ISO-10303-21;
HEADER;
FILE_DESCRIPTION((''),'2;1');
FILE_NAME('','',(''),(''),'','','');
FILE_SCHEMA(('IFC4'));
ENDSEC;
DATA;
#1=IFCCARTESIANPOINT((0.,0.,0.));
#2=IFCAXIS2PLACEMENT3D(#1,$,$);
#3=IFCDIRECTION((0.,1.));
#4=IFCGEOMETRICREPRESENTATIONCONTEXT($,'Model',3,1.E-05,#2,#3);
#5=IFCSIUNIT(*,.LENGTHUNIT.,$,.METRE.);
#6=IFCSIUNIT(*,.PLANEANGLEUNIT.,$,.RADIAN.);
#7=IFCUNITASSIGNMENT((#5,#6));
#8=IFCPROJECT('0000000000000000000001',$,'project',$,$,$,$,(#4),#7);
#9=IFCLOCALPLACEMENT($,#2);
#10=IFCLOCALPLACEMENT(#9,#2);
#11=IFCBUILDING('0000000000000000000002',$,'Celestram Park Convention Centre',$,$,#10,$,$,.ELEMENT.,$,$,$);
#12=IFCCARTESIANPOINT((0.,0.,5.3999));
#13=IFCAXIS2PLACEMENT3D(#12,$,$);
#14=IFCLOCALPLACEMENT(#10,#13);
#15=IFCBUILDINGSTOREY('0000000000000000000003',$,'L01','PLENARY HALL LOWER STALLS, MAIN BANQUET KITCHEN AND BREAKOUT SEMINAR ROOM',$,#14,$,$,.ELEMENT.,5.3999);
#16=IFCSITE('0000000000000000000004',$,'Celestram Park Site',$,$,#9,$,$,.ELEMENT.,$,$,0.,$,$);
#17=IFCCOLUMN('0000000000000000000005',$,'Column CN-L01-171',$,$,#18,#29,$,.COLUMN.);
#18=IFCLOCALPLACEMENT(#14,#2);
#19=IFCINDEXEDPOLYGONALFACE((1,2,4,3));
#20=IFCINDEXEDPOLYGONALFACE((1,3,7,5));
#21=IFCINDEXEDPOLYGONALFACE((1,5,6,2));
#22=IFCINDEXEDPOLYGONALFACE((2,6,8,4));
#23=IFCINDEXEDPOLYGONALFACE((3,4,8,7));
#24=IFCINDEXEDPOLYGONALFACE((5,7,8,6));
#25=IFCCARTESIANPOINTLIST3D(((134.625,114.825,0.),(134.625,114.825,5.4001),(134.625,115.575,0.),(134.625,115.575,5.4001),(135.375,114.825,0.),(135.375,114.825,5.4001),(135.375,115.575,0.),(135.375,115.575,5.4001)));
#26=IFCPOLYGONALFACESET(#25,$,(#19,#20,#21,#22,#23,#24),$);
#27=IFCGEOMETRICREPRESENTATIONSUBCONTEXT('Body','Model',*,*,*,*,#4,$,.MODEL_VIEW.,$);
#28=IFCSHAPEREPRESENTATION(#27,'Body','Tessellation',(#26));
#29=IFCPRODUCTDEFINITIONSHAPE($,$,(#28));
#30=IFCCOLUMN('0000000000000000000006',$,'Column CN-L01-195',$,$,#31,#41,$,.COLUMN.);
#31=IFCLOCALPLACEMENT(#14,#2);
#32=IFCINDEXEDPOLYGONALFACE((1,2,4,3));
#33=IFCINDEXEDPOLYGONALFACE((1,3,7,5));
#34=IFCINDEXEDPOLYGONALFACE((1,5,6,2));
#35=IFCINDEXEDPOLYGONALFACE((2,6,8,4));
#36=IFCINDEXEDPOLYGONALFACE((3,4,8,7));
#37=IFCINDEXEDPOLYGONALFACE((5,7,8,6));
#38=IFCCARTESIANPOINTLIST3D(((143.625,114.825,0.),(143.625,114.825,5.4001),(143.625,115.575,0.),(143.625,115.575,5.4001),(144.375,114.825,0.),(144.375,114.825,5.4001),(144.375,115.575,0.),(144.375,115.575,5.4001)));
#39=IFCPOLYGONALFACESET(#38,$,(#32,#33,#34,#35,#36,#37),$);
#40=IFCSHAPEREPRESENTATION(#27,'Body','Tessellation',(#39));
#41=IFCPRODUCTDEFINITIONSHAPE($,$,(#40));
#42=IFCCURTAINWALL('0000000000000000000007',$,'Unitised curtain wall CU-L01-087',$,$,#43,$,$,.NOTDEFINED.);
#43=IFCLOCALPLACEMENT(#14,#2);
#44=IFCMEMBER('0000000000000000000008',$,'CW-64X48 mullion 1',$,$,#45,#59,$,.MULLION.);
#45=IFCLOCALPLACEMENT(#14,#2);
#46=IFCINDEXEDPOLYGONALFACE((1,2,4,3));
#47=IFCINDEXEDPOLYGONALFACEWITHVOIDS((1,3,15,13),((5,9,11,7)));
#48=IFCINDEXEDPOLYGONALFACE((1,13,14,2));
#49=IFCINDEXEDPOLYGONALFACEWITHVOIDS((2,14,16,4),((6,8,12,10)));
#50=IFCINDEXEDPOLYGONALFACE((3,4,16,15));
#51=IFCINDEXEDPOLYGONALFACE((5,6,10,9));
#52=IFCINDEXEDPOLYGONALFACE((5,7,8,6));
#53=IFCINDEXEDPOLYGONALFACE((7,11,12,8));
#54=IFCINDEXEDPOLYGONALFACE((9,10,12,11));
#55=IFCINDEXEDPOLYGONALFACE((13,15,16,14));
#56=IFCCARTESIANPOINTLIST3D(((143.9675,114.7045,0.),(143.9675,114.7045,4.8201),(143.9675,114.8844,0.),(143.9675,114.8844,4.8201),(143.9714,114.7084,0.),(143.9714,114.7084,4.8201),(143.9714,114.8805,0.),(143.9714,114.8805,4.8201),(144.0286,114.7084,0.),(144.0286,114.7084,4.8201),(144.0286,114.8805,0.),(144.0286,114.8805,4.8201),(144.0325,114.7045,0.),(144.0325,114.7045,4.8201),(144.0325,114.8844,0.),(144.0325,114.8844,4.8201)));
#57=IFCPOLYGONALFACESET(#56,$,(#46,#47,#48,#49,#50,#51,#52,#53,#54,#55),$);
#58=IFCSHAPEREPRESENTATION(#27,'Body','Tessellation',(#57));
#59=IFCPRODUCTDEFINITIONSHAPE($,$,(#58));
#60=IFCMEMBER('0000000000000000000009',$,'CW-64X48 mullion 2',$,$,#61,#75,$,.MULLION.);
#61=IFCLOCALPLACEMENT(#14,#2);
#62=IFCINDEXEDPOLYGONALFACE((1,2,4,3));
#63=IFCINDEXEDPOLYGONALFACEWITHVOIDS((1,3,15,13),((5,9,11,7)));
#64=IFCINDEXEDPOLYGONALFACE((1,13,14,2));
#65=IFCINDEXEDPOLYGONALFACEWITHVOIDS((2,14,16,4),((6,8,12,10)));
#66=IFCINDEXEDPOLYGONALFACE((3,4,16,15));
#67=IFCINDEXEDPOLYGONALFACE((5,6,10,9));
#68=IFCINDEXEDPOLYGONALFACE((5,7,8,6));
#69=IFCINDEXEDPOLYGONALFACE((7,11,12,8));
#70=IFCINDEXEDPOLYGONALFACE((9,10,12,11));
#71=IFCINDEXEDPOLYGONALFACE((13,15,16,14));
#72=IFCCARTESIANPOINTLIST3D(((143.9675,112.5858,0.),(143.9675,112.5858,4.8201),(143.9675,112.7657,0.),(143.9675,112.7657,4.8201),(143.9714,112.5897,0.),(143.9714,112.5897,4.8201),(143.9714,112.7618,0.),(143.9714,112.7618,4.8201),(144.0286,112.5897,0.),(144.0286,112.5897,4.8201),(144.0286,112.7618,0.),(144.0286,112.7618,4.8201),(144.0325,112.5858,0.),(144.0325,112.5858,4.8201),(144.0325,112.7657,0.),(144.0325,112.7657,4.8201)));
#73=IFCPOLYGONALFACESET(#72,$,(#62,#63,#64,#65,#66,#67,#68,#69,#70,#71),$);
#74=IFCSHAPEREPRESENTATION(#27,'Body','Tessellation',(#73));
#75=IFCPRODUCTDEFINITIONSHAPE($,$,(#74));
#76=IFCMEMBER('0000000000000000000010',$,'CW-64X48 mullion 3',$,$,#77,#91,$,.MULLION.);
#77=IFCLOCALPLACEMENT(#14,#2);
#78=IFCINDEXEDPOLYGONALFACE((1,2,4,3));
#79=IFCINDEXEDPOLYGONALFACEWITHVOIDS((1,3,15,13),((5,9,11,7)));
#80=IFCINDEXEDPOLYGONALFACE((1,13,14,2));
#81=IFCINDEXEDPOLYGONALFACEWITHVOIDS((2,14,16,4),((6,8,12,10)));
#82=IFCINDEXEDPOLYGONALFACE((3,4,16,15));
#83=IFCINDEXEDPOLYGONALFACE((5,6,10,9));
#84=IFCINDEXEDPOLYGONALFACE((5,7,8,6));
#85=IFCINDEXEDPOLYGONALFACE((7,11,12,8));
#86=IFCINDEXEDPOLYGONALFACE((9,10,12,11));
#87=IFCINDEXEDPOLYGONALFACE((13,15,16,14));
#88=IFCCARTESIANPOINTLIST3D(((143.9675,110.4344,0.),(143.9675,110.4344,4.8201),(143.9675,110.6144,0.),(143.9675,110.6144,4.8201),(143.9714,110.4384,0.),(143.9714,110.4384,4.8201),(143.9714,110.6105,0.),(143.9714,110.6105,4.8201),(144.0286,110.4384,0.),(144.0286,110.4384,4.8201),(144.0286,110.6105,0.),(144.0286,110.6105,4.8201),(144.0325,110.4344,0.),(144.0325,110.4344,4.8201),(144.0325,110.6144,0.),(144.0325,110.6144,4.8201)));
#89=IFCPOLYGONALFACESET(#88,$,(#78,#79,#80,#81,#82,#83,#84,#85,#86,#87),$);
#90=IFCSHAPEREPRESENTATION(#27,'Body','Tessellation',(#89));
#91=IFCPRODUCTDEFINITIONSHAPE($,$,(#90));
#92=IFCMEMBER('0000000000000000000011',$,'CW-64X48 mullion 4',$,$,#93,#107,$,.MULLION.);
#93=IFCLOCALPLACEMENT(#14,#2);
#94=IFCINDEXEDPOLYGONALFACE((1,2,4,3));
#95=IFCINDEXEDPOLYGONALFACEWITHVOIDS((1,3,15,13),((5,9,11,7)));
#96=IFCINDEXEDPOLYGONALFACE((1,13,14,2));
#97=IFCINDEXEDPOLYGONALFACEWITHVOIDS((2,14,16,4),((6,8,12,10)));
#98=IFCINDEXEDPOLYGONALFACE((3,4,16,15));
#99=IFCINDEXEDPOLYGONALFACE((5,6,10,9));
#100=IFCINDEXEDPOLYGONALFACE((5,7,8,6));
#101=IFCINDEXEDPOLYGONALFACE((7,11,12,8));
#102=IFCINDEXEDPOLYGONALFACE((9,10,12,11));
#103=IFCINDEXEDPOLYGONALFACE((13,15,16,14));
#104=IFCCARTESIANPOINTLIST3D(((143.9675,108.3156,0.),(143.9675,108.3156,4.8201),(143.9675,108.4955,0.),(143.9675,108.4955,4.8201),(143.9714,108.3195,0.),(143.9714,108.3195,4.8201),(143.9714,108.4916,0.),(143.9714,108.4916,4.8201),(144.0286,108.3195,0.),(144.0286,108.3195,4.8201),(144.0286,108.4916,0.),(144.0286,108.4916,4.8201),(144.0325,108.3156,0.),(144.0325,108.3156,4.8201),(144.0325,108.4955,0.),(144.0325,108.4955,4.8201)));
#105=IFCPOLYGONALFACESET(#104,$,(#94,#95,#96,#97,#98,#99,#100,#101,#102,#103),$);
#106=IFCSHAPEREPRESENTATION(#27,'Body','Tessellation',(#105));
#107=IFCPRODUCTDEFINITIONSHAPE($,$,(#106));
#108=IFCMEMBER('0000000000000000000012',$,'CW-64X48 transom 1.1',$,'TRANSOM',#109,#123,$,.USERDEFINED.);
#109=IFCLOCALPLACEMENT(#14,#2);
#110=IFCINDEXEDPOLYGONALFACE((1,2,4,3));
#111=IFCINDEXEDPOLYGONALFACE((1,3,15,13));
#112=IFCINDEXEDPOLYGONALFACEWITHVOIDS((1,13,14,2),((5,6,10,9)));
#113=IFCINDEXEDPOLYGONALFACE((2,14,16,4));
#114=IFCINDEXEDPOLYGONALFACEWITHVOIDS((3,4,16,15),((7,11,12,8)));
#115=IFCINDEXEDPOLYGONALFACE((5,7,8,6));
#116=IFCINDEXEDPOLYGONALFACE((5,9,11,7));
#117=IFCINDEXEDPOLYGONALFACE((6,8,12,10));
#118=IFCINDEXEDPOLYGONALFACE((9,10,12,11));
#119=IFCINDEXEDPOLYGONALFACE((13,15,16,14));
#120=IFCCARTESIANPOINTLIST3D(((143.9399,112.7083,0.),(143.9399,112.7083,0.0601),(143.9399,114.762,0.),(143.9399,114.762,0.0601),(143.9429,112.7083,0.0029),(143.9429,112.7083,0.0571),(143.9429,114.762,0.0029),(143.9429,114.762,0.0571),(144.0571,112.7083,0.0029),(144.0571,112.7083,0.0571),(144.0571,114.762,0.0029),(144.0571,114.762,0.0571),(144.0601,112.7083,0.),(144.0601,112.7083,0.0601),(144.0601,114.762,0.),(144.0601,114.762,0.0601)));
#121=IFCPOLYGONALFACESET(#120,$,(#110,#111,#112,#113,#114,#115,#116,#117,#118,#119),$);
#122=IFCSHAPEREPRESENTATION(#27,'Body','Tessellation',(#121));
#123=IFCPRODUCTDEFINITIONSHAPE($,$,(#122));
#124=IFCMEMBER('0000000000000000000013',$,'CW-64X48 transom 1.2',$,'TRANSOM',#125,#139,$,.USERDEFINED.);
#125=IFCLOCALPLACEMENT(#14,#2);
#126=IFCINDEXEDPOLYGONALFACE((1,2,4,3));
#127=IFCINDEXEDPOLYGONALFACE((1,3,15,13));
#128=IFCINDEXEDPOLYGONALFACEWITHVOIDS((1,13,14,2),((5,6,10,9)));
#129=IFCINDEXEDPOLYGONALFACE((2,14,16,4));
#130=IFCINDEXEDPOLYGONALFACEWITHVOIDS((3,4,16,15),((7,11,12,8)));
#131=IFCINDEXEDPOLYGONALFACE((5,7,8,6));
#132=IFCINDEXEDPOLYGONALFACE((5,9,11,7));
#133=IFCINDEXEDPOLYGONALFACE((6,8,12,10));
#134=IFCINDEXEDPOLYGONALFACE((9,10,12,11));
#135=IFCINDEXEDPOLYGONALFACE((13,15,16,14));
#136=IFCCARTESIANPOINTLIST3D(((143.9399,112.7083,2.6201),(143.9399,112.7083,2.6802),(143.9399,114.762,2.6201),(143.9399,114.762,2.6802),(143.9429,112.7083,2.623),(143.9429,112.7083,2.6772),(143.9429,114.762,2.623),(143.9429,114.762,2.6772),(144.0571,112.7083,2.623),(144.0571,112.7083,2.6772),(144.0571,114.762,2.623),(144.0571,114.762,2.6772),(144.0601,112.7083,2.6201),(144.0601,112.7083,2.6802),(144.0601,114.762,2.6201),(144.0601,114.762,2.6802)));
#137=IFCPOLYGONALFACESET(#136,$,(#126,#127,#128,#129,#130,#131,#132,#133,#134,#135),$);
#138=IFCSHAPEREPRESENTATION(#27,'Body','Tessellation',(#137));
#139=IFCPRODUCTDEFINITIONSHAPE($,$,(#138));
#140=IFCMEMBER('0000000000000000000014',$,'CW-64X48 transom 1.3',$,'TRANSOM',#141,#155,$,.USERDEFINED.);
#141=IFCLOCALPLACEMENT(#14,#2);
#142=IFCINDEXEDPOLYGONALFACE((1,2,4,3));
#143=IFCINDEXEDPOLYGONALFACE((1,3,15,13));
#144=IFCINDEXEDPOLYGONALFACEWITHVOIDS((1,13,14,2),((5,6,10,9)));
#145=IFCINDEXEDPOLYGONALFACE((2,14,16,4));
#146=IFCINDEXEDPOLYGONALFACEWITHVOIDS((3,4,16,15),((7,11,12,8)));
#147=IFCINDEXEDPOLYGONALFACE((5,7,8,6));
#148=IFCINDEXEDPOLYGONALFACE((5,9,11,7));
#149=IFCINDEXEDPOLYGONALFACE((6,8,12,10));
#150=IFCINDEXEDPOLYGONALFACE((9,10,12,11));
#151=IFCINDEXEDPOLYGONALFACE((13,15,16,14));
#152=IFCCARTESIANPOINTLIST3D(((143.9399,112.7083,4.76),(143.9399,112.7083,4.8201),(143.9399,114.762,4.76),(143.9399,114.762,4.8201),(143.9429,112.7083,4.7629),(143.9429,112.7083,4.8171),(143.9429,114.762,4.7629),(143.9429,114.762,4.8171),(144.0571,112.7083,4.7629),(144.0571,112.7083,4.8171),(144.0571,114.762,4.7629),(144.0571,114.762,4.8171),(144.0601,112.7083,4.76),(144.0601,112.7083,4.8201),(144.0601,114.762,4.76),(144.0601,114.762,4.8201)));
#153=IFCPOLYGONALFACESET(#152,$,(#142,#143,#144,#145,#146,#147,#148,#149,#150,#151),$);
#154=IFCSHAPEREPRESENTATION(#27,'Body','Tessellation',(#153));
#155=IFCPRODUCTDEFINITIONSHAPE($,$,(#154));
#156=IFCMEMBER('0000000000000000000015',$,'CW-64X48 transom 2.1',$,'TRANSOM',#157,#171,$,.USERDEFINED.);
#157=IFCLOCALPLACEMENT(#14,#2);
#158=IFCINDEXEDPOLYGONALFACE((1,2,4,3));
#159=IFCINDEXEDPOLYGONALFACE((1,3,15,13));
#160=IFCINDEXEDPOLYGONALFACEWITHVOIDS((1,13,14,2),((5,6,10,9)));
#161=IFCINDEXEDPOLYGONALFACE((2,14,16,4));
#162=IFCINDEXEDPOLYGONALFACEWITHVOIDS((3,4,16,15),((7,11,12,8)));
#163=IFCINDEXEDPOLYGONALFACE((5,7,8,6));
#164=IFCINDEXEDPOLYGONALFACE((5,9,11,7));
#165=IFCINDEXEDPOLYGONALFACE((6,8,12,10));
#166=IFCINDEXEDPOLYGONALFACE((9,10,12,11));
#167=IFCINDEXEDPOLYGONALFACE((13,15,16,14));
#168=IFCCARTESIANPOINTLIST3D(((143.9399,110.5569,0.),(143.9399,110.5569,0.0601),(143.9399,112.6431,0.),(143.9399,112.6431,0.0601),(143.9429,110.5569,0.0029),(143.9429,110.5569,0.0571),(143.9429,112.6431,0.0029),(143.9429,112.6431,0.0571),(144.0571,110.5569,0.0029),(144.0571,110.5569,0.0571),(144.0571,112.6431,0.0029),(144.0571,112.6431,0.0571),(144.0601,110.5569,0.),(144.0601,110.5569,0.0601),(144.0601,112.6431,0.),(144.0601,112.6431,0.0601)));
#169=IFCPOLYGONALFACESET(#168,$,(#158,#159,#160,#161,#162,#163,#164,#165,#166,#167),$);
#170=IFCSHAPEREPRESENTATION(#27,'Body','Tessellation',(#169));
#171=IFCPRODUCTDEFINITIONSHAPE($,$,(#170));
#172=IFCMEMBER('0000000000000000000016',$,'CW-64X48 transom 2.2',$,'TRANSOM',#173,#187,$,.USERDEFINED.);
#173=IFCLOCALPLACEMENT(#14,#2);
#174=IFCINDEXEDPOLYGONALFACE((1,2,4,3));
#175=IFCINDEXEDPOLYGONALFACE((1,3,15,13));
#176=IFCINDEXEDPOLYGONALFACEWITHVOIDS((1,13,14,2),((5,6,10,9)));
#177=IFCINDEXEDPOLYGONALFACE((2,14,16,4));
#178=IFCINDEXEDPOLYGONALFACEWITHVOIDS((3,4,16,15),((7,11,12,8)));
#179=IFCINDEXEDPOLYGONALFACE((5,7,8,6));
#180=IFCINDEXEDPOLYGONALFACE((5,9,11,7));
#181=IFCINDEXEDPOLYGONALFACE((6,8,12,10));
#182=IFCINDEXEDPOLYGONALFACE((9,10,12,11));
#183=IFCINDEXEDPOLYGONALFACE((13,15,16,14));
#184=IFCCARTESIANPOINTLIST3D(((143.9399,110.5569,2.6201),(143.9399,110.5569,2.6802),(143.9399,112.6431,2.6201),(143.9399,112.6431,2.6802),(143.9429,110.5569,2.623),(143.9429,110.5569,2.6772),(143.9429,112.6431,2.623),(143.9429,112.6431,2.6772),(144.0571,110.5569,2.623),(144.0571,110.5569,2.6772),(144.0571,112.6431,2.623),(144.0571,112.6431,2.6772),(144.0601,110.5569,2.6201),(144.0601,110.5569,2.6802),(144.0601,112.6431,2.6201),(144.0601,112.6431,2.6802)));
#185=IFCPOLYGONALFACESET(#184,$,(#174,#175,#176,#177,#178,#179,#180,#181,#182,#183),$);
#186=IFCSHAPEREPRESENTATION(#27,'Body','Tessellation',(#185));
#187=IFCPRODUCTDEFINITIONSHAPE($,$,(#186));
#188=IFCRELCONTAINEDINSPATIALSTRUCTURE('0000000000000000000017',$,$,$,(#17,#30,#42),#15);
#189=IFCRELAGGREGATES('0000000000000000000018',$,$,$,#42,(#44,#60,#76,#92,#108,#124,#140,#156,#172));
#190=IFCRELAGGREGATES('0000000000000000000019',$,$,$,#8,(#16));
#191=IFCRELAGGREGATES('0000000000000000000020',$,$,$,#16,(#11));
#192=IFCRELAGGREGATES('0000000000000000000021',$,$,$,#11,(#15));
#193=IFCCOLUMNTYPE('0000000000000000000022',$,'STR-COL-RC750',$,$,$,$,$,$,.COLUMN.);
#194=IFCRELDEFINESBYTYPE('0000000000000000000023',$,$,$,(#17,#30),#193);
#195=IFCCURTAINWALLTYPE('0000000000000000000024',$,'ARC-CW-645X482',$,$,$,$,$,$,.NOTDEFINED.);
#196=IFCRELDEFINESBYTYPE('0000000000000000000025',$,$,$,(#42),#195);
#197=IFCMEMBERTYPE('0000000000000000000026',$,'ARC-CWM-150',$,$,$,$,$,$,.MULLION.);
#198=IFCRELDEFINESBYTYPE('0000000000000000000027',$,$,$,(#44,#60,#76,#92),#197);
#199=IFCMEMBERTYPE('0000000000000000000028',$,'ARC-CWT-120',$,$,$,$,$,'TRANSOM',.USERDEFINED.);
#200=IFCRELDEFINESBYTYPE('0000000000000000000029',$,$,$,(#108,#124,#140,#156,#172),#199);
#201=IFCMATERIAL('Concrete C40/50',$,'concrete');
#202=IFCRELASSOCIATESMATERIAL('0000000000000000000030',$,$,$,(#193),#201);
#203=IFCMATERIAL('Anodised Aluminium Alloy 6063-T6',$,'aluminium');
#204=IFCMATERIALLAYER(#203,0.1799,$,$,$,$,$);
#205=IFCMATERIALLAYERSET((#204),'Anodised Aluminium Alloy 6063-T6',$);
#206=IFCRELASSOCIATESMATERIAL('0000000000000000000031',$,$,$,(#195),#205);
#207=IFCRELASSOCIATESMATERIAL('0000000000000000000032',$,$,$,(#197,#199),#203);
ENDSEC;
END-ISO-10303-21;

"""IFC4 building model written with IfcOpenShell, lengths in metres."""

from ifc_helpers import new_model, si_unit, direction, frame, origin, origin_2d, place, context, subcontext, project, spatial, rectangle, hollow_rectangle, extrude, material, layer, layer_set, material_profile, profile_set, type_object, element, aggregate, save


model = new_model("IFC4")

# Units and contexts
model_context = context("Model", 3, precision=1e-05, world=origin(), true_north=direction((0.0, 1.0)))
body_context = subcontext(model_context, "Body", "Model", "MODEL_VIEW")
ifc_project = project(units=[si_unit("LENGTHUNIT", "METRE"), si_unit("PLANEANGLEUNIT", "RADIAN")], contexts=[model_context])

# Site, building, storey
site_placement = place(None, origin())
site = spatial("IfcSite", under=ifc_project, at=site_placement, Name="Celestram Park Site", CompositionType="ELEMENT", RefElevation=0.0)
building_placement = place(site_placement, origin())
building = spatial("IfcBuilding", under=site, at=building_placement, Name="Celestram Park Convention Centre", CompositionType="ELEMENT")
storey_placement = place(building_placement, frame((0.0, 0.0, 5.3999)))
storey = spatial("IfcBuildingStorey", under=building, at=storey_placement, Name="L01", Description="PLENARY HALL LOWER STALLS, MAIN BANQUET KITCHEN AND BREAKOUT SEMINAR ROOM", CompositionType="ELEMENT", Elevation=5.3999)

# Columns
ifc_material_1 = material(Name="Concrete C40/50", Category="concrete")
ifc_material_profile_1 = material_profile(ifc_material_1, rectangle(XDim=0.75, YDim=0.75, at=origin_2d()), Name="RC750X750")
ifc_profile_set_1 = profile_set([ifc_material_profile_1], Name="Concrete C40/50")
column_type = type_object("IfcColumnType", Name="STR-COL-RC750", PredefinedType="COLUMN", material=ifc_profile_set_1)
for number, where, z_axis, x_axis, name in (
    (1, (135.0, 115.2, 0.0), (0.0, 0.0, 1.0), (1.0, 0.0, 0.0), "Column CN-L01-171"),
    (2, (144.0, 115.2, 0.0), (0.0, 0.0, 1.0), (1.0, 0.0, 0.0), "Column CN-L01-195"),
):
    element("IfcColumn", number, at=place(storey_placement, frame(where, z_axis=z_axis, x_axis=x_axis)), inside=storey, type_object=column_type, Name=name, PredefinedType="COLUMN", context=body_context, shape_type="SweptSolid", body=[
        extrude(rectangle(XDim=0.75, YDim=0.75, at=origin_2d()), origin(), (0.0, 0.0, 1.0), 5.4001),
    ])

# Curtain wall, members
ifc_material_2 = material(Name="Anodised Aluminium Alloy 6063-T6", Category="aluminium")
ifc_layer_1 = layer(ifc_material_2, 0.1799)
ifc_layer_set_1 = layer_set([ifc_layer_1], Name="Anodised Aluminium Alloy 6063-T6")
curtain_wall_type = type_object("IfcCurtainWallType", Name="ARC-CW-645X482", PredefinedType="NOTDEFINED", material=ifc_layer_set_1)
curtain_wall_placement = place(storey_placement, origin())
curtain_wall = element("IfcCurtainWall", 3, at=curtain_wall_placement, inside=storey, type_object=curtain_wall_type, Name="Unitised curtain wall CU-L01-087", PredefinedType="NOTDEFINED")
ifc_material_profile_2 = material_profile(ifc_material_2, hollow_rectangle(XDim=0.0649, YDim=0.1799, WallThickness=0.0039, at=origin_2d()), Name="ALU65X180X4")
ifc_profile_set_2 = profile_set([ifc_material_profile_2], Name="Anodised Aluminium Alloy 6063-T6")
member_type_1 = type_object("IfcMemberType", Name="ARC-CWM-150", PredefinedType="MULLION", material=ifc_profile_set_2)
member_1_placement = place(storey_placement, frame((144.0, 114.7944, 0.0), z_axis=(0.0, 0.0, 1.0), x_axis=(1.0, 0.0, 0.0)))
member_1 = element("IfcMember", 4, at=member_1_placement, type_object=member_type_1, Name="CW-64X48 mullion 1", PredefinedType="MULLION", context=body_context, shape_type="SweptSolid", body=[
    extrude(hollow_rectangle(XDim=0.0649, YDim=0.1799, WallThickness=0.0039, at=origin_2d()), origin(), (0.0, 0.0, 1.0), 4.8201),
])
member_2_placement = place(storey_placement, frame((144.0, 112.6758, 0.0), z_axis=(0.0, 0.0, 1.0), x_axis=(1.0, 0.0, 0.0)))
member_2 = element("IfcMember", 5, at=member_2_placement, type_object=member_type_1, Name="CW-64X48 mullion 2", PredefinedType="MULLION", context=body_context, shape_type="SweptSolid", body=[
    extrude(hollow_rectangle(XDim=0.0649, YDim=0.1799, WallThickness=0.0039, at=origin_2d()), origin(), (0.0, 0.0, 1.0), 4.8201),
])
member_3_placement = place(storey_placement, frame((144.0, 110.5244, 0.0), z_axis=(0.0, 0.0, 1.0), x_axis=(1.0, 0.0, 0.0)))
member_3 = element("IfcMember", 6, at=member_3_placement, type_object=member_type_1, Name="CW-64X48 mullion 3", PredefinedType="MULLION", context=body_context, shape_type="SweptSolid", body=[
    extrude(hollow_rectangle(XDim=0.0649, YDim=0.1799, WallThickness=0.0039, at=origin_2d()), origin(), (0.0, 0.0, 1.0), 4.8201),
])
member_4_placement = place(storey_placement, frame((144.0, 108.4055, 0.0), z_axis=(0.0, 0.0, 1.0), x_axis=(1.0, 0.0, 0.0)))
member_4 = element("IfcMember", 7, at=member_4_placement, type_object=member_type_1, Name="CW-64X48 mullion 4", PredefinedType="MULLION", context=body_context, shape_type="SweptSolid", body=[
    extrude(hollow_rectangle(XDim=0.0649, YDim=0.1799, WallThickness=0.0039, at=origin_2d()), origin(), (0.0, 0.0, 1.0), 4.8201),
])
ifc_material_profile_3 = material_profile(ifc_material_2, hollow_rectangle(XDim=0.1201, YDim=0.0601, WallThickness=0.0029, at=origin_2d()), Name="ALU120X60X3")
ifc_profile_set_3 = profile_set([ifc_material_profile_3], Name="Anodised Aluminium Alloy 6063-T6")
member_type_2 = type_object("IfcMemberType", Name="ARC-CWT-120", ElementType="TRANSOM", PredefinedType="USERDEFINED", material=ifc_profile_set_3)
member_5_placement = place(storey_placement, frame((144.0, 114.762, 0.03), z_axis=(0.0, -1.0, 0.0), x_axis=(1.0, 0.0, 0.0)))
member_5 = element("IfcMember", 8, at=member_5_placement, type_object=member_type_2, Name="CW-64X48 transom 1.1", ObjectType="TRANSOM", PredefinedType="USERDEFINED", context=body_context, shape_type="SweptSolid", body=[
    extrude(hollow_rectangle(XDim=0.1201, YDim=0.0601, WallThickness=0.0029, at=origin_2d()), origin(), (0.0, 0.0, 1.0), 2.0537),
])
member_6_placement = place(storey_placement, frame((144.0, 114.762, 2.6501), z_axis=(0.0, -1.0, 0.0), x_axis=(1.0, 0.0, 0.0)))
member_6 = element("IfcMember", 9, at=member_6_placement, type_object=member_type_2, Name="CW-64X48 transom 1.2", ObjectType="TRANSOM", PredefinedType="USERDEFINED", context=body_context, shape_type="SweptSolid", body=[
    extrude(hollow_rectangle(XDim=0.1201, YDim=0.0601, WallThickness=0.0029, at=origin_2d()), origin(), (0.0, 0.0, 1.0), 2.0537),
])
member_7_placement = place(storey_placement, frame((144.0, 114.762, 4.79), z_axis=(0.0, -1.0, 0.0), x_axis=(1.0, 0.0, 0.0)))
member_7 = element("IfcMember", 10, at=member_7_placement, type_object=member_type_2, Name="CW-64X48 transom 1.3", ObjectType="TRANSOM", PredefinedType="USERDEFINED", context=body_context, shape_type="SweptSolid", body=[
    extrude(hollow_rectangle(XDim=0.1201, YDim=0.0601, WallThickness=0.0029, at=origin_2d()), origin(), (0.0, 0.0, 1.0), 2.0537),
])
member_8_placement = place(storey_placement, frame((144.0, 112.6431, 0.03), z_axis=(0.0, -1.0, 0.0), x_axis=(1.0, 0.0, 0.0)))
member_8 = element("IfcMember", 11, at=member_8_placement, type_object=member_type_2, Name="CW-64X48 transom 2.1", ObjectType="TRANSOM", PredefinedType="USERDEFINED", context=body_context, shape_type="SweptSolid", body=[
    extrude(hollow_rectangle(XDim=0.1201, YDim=0.0601, WallThickness=0.0029, at=origin_2d()), origin(), (0.0, 0.0, 1.0), 2.0862),
])
member_9_placement = place(storey_placement, frame((144.0, 112.6431, 2.6501), z_axis=(0.0, -1.0, 0.0), x_axis=(1.0, 0.0, 0.0)))
member_9 = element("IfcMember", 12, at=member_9_placement, type_object=member_type_2, Name="CW-64X48 transom 2.2", ObjectType="TRANSOM", PredefinedType="USERDEFINED", context=body_context, shape_type="SweptSolid", body=[
    extrude(hollow_rectangle(XDim=0.1201, YDim=0.0601, WallThickness=0.0029, at=origin_2d()), origin(), (0.0, 0.0, 1.0), 2.0862),
])

aggregate(curtain_wall, [member_1, member_2, member_3, member_4, member_5, member_6, member_7, member_8, member_9])

save(model, "model.ifc")
